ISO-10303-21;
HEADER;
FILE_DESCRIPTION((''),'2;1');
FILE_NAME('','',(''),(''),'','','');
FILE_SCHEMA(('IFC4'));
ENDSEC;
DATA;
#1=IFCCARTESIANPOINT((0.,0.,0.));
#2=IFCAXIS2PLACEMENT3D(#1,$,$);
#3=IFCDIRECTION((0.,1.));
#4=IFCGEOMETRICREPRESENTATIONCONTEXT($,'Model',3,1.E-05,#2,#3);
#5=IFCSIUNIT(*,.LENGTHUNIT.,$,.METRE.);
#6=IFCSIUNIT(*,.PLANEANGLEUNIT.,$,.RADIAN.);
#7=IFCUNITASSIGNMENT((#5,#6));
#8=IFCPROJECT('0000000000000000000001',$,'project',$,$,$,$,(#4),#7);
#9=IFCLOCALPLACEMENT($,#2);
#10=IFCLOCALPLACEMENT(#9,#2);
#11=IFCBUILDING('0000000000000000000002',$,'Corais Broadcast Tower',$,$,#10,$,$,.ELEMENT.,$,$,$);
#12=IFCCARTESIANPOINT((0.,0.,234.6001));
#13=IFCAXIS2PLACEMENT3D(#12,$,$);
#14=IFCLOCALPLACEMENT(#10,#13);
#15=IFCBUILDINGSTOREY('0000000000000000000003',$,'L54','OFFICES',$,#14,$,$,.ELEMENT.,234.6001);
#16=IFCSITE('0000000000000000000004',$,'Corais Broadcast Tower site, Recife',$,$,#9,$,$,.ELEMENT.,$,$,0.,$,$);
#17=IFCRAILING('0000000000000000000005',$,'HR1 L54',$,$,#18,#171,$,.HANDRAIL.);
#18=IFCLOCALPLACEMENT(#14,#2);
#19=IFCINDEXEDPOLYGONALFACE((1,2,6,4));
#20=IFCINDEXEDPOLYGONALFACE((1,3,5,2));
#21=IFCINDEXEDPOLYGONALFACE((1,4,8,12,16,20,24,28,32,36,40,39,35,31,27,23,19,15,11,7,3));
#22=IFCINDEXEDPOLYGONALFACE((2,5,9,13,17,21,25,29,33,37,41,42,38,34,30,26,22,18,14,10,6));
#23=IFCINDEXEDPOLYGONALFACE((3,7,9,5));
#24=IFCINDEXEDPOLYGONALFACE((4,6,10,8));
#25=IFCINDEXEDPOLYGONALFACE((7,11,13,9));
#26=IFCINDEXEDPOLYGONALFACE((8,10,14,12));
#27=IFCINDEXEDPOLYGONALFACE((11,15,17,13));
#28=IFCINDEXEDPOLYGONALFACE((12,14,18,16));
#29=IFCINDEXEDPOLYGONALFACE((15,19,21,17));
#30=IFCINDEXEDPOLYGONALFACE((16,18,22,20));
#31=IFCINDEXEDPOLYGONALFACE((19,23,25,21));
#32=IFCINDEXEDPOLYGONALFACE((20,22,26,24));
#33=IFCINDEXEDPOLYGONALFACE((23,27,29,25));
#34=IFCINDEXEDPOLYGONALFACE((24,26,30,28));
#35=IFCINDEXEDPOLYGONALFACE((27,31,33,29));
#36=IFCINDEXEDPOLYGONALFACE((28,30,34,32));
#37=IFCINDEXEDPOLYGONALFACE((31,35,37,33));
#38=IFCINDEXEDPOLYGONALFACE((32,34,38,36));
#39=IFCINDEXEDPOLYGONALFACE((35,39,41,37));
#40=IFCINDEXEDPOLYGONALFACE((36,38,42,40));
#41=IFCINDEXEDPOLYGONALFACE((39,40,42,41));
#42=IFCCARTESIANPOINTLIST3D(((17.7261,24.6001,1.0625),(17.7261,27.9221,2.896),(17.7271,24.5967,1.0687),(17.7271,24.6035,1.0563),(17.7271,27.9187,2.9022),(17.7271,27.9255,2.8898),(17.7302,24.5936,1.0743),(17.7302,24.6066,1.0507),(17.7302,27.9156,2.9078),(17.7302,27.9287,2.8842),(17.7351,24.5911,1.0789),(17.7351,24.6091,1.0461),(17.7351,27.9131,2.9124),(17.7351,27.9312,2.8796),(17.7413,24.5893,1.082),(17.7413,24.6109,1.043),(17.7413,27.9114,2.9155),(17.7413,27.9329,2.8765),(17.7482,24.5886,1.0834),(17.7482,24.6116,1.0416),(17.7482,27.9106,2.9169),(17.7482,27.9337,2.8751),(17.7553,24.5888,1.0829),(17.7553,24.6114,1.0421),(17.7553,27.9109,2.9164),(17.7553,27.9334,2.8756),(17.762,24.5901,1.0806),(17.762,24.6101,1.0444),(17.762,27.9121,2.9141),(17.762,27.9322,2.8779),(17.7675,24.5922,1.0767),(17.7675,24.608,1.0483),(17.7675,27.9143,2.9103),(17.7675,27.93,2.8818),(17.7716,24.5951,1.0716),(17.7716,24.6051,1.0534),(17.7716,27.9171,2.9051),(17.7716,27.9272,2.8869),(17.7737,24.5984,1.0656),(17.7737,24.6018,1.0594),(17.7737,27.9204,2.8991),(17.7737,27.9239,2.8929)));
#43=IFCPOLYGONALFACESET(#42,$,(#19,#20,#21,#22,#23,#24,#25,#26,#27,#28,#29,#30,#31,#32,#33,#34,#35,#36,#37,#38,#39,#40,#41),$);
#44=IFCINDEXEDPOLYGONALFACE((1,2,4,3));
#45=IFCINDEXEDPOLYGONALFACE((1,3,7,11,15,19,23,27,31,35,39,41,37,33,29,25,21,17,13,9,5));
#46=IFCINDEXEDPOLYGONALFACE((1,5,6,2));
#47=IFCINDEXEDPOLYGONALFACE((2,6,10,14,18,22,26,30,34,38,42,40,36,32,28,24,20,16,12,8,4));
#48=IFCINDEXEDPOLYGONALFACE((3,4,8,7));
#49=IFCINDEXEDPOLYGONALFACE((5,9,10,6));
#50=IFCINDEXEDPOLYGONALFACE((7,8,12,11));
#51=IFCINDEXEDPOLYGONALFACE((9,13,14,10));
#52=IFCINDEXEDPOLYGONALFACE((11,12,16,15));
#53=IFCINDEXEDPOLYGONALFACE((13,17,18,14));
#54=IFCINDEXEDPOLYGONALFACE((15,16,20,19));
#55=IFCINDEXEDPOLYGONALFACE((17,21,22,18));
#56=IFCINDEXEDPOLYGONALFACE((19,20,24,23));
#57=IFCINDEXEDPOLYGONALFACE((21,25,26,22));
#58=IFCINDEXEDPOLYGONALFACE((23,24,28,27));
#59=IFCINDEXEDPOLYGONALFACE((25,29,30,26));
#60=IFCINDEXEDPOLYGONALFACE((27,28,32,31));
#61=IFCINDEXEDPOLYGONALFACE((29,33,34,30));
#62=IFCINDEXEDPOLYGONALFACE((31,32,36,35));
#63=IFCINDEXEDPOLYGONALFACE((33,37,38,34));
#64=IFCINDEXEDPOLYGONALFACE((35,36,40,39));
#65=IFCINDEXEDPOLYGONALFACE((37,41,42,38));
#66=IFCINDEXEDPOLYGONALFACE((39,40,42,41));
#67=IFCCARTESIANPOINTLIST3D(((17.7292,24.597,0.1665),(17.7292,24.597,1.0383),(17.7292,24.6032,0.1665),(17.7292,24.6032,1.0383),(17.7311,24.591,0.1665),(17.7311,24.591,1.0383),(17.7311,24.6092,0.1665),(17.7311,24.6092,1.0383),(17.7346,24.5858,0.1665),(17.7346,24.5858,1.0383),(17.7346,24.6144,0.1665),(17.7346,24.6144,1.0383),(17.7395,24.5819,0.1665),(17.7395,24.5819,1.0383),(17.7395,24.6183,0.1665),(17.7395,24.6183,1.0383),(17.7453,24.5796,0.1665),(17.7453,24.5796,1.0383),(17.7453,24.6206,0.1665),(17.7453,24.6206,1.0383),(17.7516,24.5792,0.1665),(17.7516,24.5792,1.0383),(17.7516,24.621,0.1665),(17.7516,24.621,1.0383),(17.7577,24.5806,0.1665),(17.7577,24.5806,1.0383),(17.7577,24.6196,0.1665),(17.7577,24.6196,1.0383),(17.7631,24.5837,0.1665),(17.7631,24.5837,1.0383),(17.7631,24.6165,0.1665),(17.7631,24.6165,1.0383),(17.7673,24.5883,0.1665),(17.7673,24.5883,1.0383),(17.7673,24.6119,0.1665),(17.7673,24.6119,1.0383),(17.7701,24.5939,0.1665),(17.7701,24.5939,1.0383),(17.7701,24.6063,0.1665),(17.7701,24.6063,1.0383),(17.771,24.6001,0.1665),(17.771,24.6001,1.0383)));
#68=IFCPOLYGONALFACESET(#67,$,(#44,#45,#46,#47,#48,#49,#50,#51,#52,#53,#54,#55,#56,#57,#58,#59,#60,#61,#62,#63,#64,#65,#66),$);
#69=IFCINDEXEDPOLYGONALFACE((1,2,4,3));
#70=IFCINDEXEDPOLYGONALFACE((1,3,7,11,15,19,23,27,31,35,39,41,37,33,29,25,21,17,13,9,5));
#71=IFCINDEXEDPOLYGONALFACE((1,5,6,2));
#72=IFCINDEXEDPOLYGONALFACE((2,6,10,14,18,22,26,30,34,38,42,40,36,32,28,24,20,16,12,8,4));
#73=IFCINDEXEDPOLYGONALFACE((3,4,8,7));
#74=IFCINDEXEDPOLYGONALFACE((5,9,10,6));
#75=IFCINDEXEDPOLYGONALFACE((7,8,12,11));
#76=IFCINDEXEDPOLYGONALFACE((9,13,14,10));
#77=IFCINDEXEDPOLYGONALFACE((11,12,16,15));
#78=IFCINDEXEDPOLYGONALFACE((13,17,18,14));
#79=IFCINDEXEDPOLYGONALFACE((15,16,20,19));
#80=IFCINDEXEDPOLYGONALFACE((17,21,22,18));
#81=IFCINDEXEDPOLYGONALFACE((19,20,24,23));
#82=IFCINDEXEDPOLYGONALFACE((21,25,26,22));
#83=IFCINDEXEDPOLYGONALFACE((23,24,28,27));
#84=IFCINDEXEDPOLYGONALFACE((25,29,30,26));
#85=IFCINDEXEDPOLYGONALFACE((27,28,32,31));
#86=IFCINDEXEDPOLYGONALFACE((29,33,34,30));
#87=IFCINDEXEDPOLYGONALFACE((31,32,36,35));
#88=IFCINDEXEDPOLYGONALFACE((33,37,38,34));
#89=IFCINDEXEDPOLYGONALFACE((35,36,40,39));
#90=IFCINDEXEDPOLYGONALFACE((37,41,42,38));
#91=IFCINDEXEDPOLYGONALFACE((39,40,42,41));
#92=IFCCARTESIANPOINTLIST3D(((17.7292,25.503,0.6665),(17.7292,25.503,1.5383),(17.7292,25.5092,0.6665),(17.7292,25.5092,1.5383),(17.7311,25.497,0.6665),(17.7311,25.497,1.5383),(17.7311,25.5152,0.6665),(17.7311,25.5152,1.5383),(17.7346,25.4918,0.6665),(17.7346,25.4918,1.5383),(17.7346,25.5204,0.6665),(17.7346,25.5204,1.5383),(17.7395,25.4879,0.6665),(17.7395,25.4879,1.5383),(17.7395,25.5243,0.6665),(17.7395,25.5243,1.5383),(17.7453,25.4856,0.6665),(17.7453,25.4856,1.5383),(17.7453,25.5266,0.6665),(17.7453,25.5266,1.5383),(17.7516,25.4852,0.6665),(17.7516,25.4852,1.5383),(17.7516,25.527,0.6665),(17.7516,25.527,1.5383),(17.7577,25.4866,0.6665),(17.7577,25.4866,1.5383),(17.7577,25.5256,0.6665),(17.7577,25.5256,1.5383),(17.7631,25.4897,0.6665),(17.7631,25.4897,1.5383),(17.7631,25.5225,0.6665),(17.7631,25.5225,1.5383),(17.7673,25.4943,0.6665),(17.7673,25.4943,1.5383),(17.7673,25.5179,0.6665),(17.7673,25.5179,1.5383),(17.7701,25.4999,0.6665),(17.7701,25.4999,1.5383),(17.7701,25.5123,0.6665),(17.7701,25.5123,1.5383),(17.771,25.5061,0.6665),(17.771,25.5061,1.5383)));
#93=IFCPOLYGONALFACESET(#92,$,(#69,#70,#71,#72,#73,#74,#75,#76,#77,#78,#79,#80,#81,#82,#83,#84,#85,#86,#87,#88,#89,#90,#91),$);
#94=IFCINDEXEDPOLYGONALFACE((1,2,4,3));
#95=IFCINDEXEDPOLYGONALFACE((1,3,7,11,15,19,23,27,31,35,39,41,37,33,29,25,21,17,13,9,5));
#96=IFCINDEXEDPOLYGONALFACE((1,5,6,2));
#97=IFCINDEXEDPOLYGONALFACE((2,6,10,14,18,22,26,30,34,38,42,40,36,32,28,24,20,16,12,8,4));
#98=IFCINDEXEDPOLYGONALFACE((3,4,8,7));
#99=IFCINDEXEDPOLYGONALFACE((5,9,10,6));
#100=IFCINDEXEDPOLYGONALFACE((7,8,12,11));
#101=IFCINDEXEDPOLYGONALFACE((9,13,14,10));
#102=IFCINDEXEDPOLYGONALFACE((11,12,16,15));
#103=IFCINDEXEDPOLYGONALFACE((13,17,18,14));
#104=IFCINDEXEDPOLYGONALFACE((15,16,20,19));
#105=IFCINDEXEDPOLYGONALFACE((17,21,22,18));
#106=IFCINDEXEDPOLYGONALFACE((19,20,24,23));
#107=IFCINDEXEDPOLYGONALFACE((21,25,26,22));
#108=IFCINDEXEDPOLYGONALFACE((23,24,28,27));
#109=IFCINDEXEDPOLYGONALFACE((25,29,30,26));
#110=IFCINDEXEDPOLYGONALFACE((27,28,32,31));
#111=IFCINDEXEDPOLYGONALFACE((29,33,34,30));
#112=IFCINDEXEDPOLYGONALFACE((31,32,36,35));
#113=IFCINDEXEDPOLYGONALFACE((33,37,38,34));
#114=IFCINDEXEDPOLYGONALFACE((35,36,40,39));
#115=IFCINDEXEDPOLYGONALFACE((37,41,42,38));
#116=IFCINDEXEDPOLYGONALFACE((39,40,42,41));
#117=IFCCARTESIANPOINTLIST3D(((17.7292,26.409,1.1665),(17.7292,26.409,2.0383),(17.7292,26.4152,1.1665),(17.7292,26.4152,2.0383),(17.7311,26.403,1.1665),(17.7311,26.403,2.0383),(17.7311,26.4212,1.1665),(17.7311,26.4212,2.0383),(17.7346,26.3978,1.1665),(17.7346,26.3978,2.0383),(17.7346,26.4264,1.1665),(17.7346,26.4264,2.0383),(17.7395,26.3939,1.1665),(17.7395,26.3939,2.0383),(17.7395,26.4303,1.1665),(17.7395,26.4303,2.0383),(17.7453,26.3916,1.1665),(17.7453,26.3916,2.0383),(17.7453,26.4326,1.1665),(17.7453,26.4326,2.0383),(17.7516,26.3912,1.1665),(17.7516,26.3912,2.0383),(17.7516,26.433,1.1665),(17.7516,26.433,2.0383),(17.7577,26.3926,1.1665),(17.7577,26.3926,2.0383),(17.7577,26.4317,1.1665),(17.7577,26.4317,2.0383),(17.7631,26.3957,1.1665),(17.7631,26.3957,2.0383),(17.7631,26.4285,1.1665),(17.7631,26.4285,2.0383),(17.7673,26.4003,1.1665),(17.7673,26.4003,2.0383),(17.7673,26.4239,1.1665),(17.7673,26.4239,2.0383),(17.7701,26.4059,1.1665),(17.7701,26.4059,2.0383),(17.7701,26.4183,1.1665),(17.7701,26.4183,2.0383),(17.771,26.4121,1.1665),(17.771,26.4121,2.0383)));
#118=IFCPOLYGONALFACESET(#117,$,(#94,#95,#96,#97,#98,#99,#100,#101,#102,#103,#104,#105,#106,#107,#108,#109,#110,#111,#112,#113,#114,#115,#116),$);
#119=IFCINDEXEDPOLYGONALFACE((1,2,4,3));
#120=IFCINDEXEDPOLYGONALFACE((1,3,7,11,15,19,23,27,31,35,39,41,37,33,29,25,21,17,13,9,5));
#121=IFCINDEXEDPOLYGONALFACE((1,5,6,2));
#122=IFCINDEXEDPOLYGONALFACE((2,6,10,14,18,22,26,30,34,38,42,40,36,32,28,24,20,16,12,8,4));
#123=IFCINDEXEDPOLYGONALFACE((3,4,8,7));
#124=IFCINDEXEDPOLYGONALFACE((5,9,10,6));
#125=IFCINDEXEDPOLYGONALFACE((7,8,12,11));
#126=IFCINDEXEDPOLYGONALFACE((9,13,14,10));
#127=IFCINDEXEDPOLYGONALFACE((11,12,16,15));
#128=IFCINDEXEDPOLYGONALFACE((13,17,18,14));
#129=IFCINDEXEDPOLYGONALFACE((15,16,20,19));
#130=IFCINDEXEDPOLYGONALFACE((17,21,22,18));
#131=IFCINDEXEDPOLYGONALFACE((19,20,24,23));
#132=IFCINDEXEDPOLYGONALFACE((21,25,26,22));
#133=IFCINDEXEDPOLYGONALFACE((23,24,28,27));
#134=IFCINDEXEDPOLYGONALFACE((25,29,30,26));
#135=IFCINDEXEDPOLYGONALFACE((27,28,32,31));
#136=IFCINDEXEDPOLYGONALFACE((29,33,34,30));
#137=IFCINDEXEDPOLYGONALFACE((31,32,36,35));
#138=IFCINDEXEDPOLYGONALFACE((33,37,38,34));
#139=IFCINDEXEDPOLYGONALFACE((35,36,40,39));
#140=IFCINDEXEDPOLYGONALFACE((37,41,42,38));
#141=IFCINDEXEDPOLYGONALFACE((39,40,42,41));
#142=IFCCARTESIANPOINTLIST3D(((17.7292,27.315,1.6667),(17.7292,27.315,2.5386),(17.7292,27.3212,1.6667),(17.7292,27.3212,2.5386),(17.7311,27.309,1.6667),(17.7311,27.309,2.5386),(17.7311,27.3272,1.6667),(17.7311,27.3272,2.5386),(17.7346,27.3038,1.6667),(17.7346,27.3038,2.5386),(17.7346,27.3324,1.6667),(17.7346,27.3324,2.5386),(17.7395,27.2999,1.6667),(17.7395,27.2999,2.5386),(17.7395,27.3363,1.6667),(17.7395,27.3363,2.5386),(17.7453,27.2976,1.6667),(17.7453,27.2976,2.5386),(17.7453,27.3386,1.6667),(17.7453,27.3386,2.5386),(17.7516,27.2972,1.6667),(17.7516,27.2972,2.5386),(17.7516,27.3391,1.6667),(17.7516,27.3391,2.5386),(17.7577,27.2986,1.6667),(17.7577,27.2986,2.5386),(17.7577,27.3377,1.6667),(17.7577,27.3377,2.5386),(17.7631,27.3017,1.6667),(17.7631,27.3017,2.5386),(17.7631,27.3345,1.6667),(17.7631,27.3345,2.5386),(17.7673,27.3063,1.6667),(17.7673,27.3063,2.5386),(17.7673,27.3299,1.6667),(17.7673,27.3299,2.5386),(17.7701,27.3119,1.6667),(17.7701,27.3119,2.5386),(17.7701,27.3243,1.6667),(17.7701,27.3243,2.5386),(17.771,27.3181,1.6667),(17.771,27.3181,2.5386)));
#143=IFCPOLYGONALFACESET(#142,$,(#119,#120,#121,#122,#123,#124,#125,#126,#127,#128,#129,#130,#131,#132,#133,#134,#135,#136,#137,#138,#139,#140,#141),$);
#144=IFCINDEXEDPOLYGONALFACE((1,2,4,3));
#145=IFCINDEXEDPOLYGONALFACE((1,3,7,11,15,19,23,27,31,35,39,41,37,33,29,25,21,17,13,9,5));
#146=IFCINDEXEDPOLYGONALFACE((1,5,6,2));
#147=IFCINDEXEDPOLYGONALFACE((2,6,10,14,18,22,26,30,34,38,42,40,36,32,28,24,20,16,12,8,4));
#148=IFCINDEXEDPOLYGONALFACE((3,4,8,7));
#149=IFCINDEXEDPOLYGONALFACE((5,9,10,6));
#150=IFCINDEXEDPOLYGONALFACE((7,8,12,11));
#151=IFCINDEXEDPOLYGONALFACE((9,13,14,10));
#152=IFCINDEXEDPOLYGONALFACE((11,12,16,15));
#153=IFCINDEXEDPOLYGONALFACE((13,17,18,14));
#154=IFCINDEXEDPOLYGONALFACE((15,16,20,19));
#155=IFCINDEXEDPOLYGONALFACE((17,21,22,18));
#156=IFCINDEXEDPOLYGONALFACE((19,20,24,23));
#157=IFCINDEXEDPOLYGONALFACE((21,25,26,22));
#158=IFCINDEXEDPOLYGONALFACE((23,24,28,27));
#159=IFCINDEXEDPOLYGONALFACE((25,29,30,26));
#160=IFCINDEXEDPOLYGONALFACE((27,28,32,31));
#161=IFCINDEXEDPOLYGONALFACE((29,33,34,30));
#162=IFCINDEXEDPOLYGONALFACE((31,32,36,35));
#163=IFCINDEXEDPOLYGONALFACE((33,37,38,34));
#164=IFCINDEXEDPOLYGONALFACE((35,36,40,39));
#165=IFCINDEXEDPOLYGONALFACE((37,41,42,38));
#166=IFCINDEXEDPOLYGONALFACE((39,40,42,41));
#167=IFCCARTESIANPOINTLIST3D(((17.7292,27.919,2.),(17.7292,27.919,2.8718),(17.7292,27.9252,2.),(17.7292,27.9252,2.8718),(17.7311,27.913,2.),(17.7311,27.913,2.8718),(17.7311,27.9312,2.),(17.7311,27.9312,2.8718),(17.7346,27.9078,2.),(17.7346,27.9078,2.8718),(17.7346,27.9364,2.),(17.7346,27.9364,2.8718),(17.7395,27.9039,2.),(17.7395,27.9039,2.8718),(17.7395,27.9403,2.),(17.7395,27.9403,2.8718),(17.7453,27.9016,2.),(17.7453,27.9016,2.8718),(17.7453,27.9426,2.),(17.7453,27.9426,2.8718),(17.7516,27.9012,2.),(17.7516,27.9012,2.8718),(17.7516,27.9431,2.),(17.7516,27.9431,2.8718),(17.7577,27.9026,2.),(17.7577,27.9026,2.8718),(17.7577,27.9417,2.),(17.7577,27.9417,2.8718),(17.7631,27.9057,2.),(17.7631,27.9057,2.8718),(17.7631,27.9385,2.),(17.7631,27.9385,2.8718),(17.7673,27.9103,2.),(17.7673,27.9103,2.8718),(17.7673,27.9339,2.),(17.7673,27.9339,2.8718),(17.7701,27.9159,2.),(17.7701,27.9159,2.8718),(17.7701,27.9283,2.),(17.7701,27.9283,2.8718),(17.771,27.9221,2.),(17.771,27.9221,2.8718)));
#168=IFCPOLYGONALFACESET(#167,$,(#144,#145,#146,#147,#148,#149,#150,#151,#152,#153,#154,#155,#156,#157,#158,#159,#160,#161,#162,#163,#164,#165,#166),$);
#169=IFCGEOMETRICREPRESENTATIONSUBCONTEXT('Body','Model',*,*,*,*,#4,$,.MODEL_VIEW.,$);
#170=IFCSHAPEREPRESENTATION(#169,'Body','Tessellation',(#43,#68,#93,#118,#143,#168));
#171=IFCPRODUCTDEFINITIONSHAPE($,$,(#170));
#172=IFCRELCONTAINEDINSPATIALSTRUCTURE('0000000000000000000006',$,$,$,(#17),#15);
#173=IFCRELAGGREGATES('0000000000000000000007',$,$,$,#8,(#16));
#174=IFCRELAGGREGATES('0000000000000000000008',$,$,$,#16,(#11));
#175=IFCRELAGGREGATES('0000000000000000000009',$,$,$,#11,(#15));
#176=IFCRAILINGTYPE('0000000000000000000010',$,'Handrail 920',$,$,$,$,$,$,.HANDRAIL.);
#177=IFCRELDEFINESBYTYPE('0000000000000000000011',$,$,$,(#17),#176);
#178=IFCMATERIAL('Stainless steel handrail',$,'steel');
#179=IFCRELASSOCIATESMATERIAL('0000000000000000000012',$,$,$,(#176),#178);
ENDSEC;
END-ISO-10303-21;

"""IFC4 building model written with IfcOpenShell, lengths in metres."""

from ifc_helpers import new_model, si_unit, direction, frame, origin, origin_2d, place, context, subcontext, project, spatial, circle, extrude, material, type_object, element, save


model = new_model("IFC4")

# Units and contexts
model_context = context("Model", 3, precision=1e-05, world=origin(), true_north=direction((0.0, 1.0)))
body_context = subcontext(model_context, "Body", "Model", "MODEL_VIEW")
ifc_project = project(units=[si_unit("LENGTHUNIT", "METRE"), si_unit("PLANEANGLEUNIT", "RADIAN")], contexts=[model_context])

# Site, building, storey
site_placement = place(None, origin())
site = spatial("IfcSite", under=ifc_project, at=site_placement, Name="Corais Broadcast Tower site, Recife", CompositionType="ELEMENT", RefElevation=0.0)
building_placement = place(site_placement, origin())
building = spatial("IfcBuilding", under=site, at=building_placement, Name="Corais Broadcast Tower", CompositionType="ELEMENT")
storey_placement = place(building_placement, frame((0.0, 0.0, 234.6001)))
storey = spatial("IfcBuildingStorey", under=building, at=storey_placement, Name="L54", Description="OFFICES", CompositionType="ELEMENT", Elevation=234.6001)

# Railing
ifc_material_1 = material(Name="Stainless steel handrail", Category="steel")
railing_type = type_object("IfcRailingType", Name="Handrail 920", PredefinedType="HANDRAIL", material=ifc_material_1)
for number, where, name in (
    (1, (17.75, 24.6001, 0.1665), "HR1 L54"),
):
    element("IfcRailing", number, at=place(storey_placement, frame(where)), inside=storey, type_object=railing_type, Name=name, PredefinedType="HANDRAIL", context=body_context, shape_type="SweptSolid", body=[
        extrude(circle(Radius=0.0239, at=origin_2d()), frame((0.0, 0.0, 0.896), z_axis=(0.0, 0.875504, 0.48321), x_axis=(-1.0, 0.0, 0.0)), (0.0, 0.0, 1.0), 3.7944),
        extrude(circle(Radius=0.021, at=origin_2d()), origin(), (0.0, 0.0, 1.0), 0.8718),
        extrude(circle(Radius=0.021, at=origin_2d()), frame((0.0, 0.906, 0.5)), (0.0, 0.0, 1.0), 0.8718),
        extrude(circle(Radius=0.021, at=origin_2d()), frame((0.0, 1.812, 1.0)), (0.0, 0.0, 1.0), 0.8718),
        extrude(circle(Radius=0.021, at=origin_2d()), frame((0.0, 2.718, 1.5002)), (0.0, 0.0, 1.0), 0.8718),
        extrude(circle(Radius=0.021, at=origin_2d()), frame((0.0, 3.322, 1.8335)), (0.0, 0.0, 1.0), 0.8718),
    ])

save(model, "model.ifc")
